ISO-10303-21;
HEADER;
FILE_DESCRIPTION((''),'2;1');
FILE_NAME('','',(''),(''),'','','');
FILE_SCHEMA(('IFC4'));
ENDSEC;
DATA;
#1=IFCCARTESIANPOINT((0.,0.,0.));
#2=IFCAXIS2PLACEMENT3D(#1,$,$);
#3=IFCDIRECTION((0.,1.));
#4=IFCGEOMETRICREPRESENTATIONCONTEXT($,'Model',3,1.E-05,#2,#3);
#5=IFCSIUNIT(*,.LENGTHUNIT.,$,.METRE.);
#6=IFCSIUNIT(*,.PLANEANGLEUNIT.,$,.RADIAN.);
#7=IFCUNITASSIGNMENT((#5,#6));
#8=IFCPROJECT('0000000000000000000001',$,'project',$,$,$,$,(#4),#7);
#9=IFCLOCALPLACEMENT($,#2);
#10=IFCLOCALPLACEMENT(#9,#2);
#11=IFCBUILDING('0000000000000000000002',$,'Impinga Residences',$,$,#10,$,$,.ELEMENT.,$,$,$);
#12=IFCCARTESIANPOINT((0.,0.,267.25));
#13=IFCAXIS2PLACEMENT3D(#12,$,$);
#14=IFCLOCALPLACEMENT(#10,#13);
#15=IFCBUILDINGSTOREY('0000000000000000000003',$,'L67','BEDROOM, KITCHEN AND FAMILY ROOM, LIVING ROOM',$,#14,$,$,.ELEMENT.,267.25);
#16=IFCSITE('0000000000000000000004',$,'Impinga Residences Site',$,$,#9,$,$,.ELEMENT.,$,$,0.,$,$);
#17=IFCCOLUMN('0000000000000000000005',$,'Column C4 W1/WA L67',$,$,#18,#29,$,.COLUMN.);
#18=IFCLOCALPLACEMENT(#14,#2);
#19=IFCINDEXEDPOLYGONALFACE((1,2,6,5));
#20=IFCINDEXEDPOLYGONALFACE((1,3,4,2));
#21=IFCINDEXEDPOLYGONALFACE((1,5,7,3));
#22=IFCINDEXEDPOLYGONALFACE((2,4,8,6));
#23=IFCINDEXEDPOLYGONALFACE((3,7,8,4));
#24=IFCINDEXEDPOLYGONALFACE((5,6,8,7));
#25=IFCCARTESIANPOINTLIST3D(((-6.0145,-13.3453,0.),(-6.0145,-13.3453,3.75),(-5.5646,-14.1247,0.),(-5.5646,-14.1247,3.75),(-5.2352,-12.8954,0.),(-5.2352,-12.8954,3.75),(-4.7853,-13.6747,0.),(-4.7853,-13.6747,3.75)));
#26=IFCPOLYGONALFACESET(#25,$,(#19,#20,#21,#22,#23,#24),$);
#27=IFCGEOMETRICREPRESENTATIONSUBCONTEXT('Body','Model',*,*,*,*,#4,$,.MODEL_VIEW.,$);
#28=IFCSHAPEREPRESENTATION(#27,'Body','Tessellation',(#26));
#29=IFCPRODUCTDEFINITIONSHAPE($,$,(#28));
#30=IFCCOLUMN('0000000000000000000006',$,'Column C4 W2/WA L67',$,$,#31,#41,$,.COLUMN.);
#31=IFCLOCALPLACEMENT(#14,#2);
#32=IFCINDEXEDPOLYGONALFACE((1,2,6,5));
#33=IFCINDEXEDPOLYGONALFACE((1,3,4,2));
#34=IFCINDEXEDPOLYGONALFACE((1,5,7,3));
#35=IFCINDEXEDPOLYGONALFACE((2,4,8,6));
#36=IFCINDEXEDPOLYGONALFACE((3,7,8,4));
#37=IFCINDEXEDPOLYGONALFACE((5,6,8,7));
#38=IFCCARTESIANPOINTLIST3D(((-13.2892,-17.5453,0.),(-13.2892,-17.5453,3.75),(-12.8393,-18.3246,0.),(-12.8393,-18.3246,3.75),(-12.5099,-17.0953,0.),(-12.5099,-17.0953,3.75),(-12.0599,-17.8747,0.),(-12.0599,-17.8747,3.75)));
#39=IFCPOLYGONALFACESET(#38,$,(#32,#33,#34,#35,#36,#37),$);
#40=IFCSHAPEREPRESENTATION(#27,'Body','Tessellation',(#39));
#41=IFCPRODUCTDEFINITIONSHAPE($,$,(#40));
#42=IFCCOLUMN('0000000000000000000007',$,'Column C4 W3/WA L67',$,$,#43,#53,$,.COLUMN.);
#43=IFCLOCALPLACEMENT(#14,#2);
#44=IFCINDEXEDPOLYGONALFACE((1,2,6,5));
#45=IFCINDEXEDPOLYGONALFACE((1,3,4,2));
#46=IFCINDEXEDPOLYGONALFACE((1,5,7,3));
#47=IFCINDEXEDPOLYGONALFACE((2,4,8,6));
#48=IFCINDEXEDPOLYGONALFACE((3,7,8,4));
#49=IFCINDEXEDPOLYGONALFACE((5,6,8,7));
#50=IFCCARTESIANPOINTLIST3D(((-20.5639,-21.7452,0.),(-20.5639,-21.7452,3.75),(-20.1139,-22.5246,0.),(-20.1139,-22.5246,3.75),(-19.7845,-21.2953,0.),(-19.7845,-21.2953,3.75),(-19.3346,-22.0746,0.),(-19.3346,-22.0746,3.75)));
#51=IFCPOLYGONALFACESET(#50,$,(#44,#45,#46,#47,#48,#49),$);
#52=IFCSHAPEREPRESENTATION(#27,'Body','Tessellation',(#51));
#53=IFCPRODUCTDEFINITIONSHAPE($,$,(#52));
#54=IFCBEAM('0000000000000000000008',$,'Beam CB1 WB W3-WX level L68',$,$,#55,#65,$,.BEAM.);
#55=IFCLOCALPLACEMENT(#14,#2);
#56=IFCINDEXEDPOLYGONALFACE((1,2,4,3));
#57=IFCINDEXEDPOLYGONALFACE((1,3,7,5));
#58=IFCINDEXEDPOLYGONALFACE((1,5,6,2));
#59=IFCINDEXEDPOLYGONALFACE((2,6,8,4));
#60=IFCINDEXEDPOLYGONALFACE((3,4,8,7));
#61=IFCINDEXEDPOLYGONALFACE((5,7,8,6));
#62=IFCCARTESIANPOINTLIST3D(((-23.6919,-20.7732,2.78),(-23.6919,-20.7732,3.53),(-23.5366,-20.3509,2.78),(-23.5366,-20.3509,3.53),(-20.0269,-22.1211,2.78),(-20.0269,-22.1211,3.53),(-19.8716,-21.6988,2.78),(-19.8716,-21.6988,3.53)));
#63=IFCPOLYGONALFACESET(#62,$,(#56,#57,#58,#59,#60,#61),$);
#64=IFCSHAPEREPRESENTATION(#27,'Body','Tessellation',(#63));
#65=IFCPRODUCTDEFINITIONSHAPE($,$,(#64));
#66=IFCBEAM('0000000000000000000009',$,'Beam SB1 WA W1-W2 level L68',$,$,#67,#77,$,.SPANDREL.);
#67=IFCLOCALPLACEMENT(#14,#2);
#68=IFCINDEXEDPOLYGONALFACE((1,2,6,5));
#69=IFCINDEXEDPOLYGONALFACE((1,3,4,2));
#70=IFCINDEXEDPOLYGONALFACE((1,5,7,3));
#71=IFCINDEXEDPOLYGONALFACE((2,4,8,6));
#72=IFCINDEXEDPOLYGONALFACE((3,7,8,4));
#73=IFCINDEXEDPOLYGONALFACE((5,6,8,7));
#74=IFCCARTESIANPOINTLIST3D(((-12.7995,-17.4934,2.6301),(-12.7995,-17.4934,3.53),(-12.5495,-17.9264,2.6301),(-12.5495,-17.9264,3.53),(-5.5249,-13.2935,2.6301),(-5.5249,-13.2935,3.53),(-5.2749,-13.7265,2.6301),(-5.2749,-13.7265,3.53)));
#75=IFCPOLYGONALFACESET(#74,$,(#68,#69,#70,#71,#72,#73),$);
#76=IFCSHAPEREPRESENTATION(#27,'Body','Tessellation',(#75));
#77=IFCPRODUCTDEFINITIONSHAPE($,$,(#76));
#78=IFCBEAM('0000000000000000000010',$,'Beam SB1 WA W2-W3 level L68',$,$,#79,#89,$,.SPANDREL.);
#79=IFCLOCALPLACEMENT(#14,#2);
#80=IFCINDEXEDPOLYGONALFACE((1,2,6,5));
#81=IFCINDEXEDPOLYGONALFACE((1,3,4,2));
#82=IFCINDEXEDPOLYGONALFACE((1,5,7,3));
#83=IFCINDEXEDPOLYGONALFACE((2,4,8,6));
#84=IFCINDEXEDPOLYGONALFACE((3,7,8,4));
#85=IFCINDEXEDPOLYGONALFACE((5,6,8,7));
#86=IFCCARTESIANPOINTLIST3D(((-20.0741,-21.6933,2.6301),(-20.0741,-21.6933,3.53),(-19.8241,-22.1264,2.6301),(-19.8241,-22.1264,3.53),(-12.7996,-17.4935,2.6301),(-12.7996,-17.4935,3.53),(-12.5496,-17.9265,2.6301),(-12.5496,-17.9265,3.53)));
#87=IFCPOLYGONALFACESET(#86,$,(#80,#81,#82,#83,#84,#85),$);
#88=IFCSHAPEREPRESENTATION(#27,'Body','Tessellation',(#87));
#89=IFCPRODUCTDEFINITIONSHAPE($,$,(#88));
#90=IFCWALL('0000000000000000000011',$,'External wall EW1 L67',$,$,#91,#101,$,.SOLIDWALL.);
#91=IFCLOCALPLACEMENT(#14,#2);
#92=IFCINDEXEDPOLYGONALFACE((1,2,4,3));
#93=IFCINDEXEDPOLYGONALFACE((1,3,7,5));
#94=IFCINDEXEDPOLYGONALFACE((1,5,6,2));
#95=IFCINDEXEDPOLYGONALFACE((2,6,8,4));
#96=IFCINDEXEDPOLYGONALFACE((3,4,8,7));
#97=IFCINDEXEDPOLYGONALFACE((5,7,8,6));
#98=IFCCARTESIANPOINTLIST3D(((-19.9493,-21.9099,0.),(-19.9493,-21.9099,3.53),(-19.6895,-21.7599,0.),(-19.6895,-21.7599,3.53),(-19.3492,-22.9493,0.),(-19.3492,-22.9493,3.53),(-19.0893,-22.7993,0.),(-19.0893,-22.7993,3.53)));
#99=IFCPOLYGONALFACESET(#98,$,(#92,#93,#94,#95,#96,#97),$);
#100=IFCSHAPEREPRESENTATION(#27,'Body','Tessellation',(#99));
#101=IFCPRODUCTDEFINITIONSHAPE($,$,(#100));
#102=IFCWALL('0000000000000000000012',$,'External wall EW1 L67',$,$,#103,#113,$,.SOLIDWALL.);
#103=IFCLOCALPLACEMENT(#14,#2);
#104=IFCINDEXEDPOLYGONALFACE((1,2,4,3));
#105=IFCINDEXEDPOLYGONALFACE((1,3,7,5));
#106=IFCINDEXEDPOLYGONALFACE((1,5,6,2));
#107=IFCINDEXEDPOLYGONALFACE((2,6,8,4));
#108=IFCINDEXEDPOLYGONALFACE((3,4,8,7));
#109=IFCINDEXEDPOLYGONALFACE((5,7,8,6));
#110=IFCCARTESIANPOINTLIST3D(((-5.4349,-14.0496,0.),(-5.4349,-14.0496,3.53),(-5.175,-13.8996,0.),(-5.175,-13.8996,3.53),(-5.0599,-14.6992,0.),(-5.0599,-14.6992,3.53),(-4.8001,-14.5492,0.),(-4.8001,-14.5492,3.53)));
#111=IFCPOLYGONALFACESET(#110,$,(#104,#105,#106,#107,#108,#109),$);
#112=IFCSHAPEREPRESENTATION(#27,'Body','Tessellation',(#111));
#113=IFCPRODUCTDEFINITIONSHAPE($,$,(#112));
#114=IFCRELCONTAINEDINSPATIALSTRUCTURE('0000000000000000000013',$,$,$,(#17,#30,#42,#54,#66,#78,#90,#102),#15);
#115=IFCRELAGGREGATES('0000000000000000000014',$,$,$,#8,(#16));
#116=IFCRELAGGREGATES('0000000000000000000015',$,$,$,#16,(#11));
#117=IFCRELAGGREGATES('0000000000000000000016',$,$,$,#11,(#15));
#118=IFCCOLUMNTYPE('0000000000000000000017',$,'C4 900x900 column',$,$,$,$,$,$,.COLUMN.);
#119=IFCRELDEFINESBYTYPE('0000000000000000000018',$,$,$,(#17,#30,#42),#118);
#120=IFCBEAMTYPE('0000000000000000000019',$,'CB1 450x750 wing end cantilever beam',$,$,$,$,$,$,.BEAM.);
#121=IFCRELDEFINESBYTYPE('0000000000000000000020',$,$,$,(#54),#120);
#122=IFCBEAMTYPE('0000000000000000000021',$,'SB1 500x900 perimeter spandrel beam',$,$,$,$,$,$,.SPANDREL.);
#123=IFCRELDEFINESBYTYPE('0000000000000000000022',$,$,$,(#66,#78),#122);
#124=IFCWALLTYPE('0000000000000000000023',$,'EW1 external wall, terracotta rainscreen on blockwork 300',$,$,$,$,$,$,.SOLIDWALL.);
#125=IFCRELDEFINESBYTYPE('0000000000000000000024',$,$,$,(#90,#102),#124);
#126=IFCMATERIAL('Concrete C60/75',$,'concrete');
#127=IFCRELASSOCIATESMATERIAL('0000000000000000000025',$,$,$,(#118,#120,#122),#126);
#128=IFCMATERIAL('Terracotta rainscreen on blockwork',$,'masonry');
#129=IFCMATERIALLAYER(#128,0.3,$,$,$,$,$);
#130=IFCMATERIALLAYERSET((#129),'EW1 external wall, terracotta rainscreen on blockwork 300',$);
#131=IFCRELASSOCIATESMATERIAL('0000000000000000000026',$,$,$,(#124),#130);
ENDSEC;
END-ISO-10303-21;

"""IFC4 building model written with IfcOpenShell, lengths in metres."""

from ifc_helpers import new_model, si_unit, direction, frame, frame_2d, origin, origin_2d, place, context, subcontext, project, spatial, rectangle, extrude, material, layer, layer_set, material_profile, profile_set, type_object, element, save


model = new_model("IFC4")

# Units and contexts
model_context = context("Model", 3, precision=1e-05, world=origin(), true_north=direction((0.0, 1.0)))
body_context = subcontext(model_context, "Body", "Model", "MODEL_VIEW")
ifc_project = project(units=[si_unit("LENGTHUNIT", "METRE"), si_unit("PLANEANGLEUNIT", "RADIAN")], contexts=[model_context])

# Site, building, storey
site_placement = place(None, origin())
site = spatial("IfcSite", under=ifc_project, at=site_placement, Name="Impinga Residences Site", CompositionType="ELEMENT", RefElevation=0.0)
building_placement = place(site_placement, origin())
building = spatial("IfcBuilding", under=site, at=building_placement, Name="Impinga Residences", CompositionType="ELEMENT")
storey_placement = place(building_placement, frame((0.0, 0.0, 267.25)))
storey = spatial("IfcBuildingStorey", under=building, at=storey_placement, Name="L67", Description="BEDROOM, KITCHEN AND FAMILY ROOM, LIVING ROOM", CompositionType="ELEMENT", Elevation=267.25)

# Columns
ifc_material_1 = material(Name="Concrete C60/75", Category="concrete")
ifc_material_profile_1 = material_profile(ifc_material_1, rectangle(XDim=0.8999, YDim=0.8999, at=origin_2d()), Name="RC 900x900")
ifc_profile_set_1 = profile_set([ifc_material_profile_1], Name="Concrete C60/75")
column_type = type_object("IfcColumnType", Name="C4 900x900 column", PredefinedType="COLUMN", material=ifc_profile_set_1)
for number, where, z_axis, x_axis, name in (
    (1, (-5.3999, -13.51, 0.0), (0.0, 0.0, 1.0), (-0.5, 0.866025, 0.0), "Column C4 W1/WA L67"),
    (2, (-12.6746, -17.71, 0.0), (0.0, 0.0, 1.0), (-0.5, 0.866025, 0.0), "Column C4 W2/WA L67"),
    (3, (-19.9492, -21.9099, 0.0), (0.0, 0.0, 1.0), (-0.5, 0.866025, 0.0), "Column C4 W3/WA L67"),
):
    element("IfcColumn", number, at=place(storey_placement, frame(where, z_axis=z_axis, x_axis=x_axis)), inside=storey, type_object=column_type, Name=name, PredefinedType="COLUMN", context=body_context, shape_type="SweptSolid", body=[
        extrude(rectangle(XDim=0.8999, YDim=0.8999, at=origin_2d()), origin(), (0.0, 0.0, 1.0), 3.75),
    ])

# Beams
ifc_material_profile_2 = material_profile(ifc_material_1, rectangle(XDim=0.45, YDim=0.75, at=origin_2d()), Name="RC 450x750")
ifc_profile_set_2 = profile_set([ifc_material_profile_2], Name="Concrete C60/75")
beam_type_1 = type_object("IfcBeamType", Name="CB1 450x750 wing end cantilever beam", PredefinedType="BEAM", material=ifc_profile_set_2)
beam_placement = place(storey_placement, frame((-19.9492, -21.9099, 3.155), z_axis=(-0.93854, 0.345169, 0.0), x_axis=(-0.345169, -0.93854, 0.0)))
element("IfcBeam", 4, at=beam_placement, inside=storey, type_object=beam_type_1, Name="Beam CB1 WB W3-WX level L68", PredefinedType="BEAM", context=body_context, shape_type="SweptSolid", body=[
    extrude(rectangle(XDim=0.45, YDim=0.75, at=origin_2d()), origin(), (0.0, 0.0, 1.0), 3.905),
])
ifc_material_profile_3 = material_profile(ifc_material_1, rectangle(XDim=0.5, YDim=0.8999, at=origin_2d()), Name="RC 500x900")
ifc_profile_set_3 = profile_set([ifc_material_profile_3], Name="Concrete C60/75")
beam_type_2 = type_object("IfcBeamType", Name="SB1 500x900 perimeter spandrel beam", PredefinedType="SPANDREL", material=ifc_profile_set_3)
for number, where, z_axis, x_axis, name in (
    (5, (-5.3999, -13.51, 3.0801), (-0.866029, -0.499993, 0.0), (0.499993, -0.866029, 0.0), "Beam SB1 WA W1-W2 level L68"),
    (6, (-12.6746, -17.71, 3.0801), (-0.866029, -0.499993, 0.0), (0.499993, -0.866029, 0.0), "Beam SB1 WA W2-W3 level L68"),
):
    element("IfcBeam", number, at=place(storey_placement, frame(where, z_axis=z_axis, x_axis=x_axis)), inside=storey, type_object=beam_type_2, Name=name, PredefinedType="SPANDREL", context=body_context, shape_type="SweptSolid", body=[
        extrude(rectangle(XDim=0.5, YDim=0.8999, at=origin_2d()), origin(), (0.0, 0.0, 1.0), 8.3999),
    ])

# Walls
ifc_material_2 = material(Name="Terracotta rainscreen on blockwork", Category="masonry")
ifc_layer_1 = layer(ifc_material_2, 0.3)
ifc_layer_set_1 = layer_set([ifc_layer_1], Name="EW1 external wall, terracotta rainscreen on blockwork 300")
wall_type_1 = type_object("IfcWallType", Name="EW1 external wall, terracotta rainscreen on blockwork 300", PredefinedType="SOLIDWALL", material=ifc_layer_set_1)
wall_1_placement = place(storey_placement, frame((-19.2192, -22.8743, 0.0), z_axis=(0.0, 0.0, 1.0), x_axis=(-0.500034, 0.866006, 0.0)))
element("IfcWall", 7, at=wall_1_placement, inside=storey, type_object=wall_type_1, Name="External wall EW1 L67", PredefinedType="SOLIDWALL", context=body_context, shape_type="SweptSolid", body=[
    extrude(rectangle(XDim=1.2002, YDim=0.3, at=frame_2d((0.6001, 0.0))), origin(), (0.0, 0.0, 1.0), 3.53),
])
wall_2_placement = place(storey_placement, frame((-5.3049, -13.9746, 0.0), z_axis=(0.0, 0.0, 1.0), x_axis=(0.49992, -0.866072, 0.0)))
element("IfcWall", 8, at=wall_2_placement, inside=storey, type_object=wall_type_1, Name="External wall EW1 L67", PredefinedType="SOLIDWALL", context=body_context, shape_type="SweptSolid", body=[
    extrude(rectangle(XDim=0.75, YDim=0.3, at=frame_2d((0.375, 0.0))), origin(), (0.0, 0.0, 1.0), 3.53),
])

save(model, "model.ifc")
